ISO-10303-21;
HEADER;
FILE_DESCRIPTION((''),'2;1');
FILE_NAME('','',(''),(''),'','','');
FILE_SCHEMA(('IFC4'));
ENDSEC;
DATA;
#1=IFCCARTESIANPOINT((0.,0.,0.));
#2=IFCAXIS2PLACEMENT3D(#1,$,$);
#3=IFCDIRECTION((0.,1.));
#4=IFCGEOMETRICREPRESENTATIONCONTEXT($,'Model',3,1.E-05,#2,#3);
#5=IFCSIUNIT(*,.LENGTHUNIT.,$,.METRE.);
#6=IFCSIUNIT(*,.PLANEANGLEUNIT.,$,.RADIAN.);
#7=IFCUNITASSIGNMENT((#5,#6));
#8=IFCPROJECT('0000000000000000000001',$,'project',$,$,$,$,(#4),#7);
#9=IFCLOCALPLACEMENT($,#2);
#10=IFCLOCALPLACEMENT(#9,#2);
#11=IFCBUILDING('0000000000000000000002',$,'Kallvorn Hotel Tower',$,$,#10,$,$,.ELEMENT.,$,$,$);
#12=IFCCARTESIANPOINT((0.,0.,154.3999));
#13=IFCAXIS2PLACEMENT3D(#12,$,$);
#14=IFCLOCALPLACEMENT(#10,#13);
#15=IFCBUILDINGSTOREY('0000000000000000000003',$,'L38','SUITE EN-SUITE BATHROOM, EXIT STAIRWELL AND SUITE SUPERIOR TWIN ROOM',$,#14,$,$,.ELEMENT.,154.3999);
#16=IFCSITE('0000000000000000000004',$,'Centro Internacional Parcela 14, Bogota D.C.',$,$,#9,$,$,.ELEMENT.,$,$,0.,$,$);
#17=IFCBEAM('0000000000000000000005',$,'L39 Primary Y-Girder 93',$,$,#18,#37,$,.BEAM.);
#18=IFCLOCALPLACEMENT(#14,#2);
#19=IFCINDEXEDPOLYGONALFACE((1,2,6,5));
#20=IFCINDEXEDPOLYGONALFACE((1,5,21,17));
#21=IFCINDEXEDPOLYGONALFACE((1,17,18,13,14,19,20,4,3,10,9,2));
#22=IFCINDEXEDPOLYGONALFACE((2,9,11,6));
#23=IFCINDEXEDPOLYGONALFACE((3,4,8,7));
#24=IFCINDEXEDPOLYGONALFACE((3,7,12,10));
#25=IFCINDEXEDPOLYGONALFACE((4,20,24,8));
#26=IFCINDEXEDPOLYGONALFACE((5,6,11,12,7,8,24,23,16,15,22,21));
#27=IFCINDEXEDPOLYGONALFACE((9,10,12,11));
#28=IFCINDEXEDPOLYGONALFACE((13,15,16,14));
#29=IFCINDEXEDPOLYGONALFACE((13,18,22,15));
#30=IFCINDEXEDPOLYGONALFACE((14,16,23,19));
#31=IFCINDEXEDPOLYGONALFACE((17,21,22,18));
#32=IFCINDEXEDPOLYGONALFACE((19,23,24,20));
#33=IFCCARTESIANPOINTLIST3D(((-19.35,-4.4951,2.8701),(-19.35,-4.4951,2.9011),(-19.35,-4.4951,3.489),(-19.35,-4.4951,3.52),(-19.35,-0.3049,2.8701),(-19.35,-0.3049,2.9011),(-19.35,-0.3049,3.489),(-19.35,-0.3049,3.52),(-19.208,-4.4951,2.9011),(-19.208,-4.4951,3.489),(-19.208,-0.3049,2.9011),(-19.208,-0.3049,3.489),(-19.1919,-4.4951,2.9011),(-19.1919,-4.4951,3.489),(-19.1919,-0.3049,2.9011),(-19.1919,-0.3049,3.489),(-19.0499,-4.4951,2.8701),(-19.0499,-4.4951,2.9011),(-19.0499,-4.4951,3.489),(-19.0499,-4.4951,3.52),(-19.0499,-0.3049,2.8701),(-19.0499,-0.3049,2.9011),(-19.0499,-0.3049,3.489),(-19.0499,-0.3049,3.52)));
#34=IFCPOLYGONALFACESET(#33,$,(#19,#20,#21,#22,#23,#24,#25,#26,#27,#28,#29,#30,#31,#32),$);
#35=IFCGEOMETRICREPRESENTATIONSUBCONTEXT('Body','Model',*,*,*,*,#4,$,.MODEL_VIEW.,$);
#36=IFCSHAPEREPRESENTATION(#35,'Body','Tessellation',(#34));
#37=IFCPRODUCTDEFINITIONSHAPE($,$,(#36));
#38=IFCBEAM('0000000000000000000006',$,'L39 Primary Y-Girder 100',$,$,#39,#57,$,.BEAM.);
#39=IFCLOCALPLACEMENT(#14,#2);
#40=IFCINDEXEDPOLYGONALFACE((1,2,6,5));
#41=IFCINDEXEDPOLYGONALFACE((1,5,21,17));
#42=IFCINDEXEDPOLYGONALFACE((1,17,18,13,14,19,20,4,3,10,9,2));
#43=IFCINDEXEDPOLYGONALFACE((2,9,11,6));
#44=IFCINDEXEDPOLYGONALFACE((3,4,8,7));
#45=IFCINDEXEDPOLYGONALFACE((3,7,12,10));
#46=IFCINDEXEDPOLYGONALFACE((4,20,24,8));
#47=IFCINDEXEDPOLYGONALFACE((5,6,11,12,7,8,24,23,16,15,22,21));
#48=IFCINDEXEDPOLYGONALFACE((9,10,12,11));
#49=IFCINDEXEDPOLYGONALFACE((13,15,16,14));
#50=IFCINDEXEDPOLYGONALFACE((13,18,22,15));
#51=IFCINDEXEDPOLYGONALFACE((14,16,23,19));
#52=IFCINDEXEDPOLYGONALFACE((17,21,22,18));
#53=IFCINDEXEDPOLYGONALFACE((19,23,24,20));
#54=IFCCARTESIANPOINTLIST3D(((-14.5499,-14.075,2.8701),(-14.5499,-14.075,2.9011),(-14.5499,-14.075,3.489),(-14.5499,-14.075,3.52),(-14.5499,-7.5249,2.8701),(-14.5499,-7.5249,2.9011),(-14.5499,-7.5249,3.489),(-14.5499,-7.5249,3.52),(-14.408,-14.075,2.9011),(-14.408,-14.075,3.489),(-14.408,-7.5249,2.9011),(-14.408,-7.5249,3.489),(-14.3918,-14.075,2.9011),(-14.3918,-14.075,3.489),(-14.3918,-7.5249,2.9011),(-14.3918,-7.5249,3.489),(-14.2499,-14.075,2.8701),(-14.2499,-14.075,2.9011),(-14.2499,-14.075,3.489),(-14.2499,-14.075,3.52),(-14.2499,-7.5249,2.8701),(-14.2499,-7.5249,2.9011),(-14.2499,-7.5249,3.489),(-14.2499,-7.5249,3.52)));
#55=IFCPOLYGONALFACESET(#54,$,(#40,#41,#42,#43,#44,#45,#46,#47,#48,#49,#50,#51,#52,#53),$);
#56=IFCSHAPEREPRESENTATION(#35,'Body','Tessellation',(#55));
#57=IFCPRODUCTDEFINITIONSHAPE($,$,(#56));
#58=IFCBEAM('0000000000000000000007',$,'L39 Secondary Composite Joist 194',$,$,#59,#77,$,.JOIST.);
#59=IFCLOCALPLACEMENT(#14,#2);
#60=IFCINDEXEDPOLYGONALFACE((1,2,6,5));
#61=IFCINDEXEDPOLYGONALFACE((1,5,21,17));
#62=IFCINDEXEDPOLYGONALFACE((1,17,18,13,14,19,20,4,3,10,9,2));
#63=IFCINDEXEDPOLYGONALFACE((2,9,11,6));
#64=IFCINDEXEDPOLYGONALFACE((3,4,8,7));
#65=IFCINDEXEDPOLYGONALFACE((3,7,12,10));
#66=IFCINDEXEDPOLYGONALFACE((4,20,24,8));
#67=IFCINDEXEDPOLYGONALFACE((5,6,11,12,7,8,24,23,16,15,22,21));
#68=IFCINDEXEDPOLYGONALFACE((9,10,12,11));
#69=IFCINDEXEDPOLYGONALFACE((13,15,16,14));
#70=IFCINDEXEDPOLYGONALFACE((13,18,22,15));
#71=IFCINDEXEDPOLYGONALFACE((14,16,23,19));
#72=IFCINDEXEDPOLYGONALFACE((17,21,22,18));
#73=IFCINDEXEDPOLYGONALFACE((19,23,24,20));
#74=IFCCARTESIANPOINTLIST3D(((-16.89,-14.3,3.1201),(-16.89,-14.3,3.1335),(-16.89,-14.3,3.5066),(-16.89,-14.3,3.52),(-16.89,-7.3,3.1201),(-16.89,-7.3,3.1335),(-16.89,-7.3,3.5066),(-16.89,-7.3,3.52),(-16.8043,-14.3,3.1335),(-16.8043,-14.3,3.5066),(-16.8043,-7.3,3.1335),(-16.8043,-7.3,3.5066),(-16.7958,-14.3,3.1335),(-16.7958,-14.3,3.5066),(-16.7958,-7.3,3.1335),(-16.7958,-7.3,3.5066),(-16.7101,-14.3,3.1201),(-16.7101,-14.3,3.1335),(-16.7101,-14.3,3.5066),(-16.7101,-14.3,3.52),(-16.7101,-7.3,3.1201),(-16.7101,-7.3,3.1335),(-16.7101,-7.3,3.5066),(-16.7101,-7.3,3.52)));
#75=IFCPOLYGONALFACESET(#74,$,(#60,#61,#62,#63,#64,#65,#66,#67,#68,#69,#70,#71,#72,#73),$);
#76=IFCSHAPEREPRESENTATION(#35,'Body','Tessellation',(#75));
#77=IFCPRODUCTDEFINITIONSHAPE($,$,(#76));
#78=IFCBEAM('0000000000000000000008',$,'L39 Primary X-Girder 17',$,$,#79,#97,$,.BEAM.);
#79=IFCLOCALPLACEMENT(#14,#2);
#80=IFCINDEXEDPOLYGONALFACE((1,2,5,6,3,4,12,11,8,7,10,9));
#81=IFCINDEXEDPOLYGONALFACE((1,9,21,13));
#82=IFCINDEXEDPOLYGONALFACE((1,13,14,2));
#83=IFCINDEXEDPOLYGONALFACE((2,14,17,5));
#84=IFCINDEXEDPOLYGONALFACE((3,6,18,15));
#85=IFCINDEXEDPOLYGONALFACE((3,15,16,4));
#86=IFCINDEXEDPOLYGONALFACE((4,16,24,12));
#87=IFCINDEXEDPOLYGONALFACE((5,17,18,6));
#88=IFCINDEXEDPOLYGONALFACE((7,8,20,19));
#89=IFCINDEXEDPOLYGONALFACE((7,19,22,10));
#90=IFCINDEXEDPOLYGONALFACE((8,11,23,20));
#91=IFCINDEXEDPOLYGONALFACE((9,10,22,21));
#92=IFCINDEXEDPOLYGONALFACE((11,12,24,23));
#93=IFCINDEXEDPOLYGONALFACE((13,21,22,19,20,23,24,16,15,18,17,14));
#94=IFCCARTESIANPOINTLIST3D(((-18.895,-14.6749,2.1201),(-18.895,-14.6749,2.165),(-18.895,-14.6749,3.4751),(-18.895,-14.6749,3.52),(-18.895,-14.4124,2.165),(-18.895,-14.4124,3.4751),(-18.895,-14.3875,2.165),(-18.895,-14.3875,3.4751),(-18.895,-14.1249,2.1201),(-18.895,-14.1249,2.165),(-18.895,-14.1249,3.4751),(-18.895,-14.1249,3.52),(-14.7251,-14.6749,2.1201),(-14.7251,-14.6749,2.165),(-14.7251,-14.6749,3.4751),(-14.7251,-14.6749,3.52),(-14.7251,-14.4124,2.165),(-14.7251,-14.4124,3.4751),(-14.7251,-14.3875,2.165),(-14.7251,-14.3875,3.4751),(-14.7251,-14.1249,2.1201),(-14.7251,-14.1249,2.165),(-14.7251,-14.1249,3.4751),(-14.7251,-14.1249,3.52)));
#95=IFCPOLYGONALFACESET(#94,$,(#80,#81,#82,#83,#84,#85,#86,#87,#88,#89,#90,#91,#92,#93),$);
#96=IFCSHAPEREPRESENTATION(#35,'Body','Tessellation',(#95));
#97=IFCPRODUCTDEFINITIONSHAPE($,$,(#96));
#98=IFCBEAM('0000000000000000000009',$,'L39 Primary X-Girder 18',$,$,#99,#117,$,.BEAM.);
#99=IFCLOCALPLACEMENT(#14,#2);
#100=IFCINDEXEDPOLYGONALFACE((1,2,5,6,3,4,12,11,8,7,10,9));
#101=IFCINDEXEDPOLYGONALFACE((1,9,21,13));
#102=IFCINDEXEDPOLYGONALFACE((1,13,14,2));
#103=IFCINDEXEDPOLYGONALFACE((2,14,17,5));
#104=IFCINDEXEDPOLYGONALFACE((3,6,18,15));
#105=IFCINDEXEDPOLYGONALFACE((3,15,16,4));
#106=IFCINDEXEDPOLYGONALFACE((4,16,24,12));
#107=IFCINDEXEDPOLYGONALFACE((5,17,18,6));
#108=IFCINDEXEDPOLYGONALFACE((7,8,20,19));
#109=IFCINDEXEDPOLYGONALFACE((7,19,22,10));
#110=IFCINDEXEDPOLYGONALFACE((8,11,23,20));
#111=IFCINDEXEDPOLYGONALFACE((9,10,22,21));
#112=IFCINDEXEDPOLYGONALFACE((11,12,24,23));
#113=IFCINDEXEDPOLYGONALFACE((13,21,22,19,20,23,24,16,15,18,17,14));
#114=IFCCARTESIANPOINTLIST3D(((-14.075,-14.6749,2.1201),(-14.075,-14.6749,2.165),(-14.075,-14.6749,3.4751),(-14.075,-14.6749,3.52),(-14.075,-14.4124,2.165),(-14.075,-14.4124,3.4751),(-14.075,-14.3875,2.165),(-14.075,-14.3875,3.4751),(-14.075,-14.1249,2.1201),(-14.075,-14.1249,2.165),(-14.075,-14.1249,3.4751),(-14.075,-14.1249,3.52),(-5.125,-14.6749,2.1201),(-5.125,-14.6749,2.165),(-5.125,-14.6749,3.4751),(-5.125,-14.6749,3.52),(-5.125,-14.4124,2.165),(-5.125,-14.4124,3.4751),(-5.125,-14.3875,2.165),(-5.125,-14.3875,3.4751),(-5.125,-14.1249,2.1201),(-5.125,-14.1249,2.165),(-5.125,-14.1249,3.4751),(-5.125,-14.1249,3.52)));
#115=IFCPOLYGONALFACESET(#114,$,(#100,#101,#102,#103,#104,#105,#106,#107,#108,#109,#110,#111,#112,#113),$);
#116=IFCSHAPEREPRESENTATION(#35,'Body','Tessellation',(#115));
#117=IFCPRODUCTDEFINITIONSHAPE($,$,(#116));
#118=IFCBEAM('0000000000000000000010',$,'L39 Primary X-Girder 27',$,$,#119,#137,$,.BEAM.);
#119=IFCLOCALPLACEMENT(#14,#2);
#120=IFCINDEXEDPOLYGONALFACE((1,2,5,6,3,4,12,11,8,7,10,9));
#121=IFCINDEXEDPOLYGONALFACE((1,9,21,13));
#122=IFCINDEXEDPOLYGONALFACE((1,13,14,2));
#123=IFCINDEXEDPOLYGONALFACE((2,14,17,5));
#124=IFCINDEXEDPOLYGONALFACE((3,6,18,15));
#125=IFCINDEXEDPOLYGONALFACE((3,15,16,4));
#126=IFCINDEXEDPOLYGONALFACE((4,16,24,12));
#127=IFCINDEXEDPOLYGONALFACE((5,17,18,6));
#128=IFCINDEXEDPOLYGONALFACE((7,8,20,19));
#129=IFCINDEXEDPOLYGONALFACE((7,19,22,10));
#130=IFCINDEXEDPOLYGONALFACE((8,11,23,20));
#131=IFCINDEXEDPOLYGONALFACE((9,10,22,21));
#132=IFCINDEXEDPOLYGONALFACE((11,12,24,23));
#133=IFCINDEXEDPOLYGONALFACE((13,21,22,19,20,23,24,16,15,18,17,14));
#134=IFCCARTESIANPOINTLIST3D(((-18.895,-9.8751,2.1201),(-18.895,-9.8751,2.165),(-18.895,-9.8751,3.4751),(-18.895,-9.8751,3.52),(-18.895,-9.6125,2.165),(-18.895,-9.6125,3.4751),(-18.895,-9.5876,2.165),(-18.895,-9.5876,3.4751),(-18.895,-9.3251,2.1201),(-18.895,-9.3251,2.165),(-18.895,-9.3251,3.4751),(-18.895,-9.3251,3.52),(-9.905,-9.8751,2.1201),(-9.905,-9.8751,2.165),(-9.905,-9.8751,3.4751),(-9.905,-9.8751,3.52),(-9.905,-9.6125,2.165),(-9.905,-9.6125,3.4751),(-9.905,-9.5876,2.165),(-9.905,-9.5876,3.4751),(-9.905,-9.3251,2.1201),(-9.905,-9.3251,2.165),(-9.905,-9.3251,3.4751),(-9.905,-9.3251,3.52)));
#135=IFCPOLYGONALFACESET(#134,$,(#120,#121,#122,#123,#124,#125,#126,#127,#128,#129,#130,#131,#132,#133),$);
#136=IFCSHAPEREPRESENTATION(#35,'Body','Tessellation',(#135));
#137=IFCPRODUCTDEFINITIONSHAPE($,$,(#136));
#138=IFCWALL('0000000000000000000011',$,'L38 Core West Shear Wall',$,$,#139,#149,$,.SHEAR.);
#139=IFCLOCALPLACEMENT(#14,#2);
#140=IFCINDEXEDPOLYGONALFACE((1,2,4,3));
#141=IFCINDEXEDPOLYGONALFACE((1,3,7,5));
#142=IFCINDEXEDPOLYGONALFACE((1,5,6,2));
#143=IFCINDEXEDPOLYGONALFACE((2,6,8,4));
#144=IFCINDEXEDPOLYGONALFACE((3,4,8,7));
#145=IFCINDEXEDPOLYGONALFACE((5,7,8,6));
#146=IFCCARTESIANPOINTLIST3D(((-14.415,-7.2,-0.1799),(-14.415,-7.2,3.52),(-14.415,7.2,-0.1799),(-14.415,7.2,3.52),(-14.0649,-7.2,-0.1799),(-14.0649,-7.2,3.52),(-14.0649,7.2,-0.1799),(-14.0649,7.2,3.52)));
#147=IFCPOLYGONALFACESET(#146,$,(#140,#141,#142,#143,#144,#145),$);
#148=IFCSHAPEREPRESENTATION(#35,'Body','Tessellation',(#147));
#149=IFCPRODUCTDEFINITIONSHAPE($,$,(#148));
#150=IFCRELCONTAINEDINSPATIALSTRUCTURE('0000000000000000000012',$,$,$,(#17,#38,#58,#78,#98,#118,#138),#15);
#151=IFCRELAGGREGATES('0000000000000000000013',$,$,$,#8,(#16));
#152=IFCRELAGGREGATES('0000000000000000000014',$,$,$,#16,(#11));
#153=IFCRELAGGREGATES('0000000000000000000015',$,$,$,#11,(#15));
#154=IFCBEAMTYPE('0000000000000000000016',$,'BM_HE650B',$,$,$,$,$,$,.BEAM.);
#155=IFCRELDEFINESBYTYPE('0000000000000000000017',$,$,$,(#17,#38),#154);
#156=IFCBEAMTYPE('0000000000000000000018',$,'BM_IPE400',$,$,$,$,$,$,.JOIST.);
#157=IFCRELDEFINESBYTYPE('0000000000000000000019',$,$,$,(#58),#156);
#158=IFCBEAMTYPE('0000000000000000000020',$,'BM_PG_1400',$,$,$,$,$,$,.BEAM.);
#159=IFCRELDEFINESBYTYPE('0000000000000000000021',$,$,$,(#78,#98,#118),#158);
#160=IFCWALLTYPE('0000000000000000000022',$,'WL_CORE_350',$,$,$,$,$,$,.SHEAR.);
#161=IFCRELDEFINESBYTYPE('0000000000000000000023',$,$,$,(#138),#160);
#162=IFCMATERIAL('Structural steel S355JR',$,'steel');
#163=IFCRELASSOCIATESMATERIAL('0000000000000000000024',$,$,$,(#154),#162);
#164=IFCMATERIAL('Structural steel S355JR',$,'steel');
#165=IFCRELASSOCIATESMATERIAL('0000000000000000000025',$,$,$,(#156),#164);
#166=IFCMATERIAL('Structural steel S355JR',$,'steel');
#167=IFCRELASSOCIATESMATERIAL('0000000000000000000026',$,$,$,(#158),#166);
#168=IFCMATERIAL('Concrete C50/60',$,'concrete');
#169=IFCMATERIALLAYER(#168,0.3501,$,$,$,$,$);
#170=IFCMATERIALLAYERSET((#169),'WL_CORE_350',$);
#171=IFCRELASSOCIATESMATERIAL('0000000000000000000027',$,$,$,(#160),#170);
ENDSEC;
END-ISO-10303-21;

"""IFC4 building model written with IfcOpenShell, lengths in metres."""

from ifc_helpers import new_model, si_unit, direction, frame, frame_2d, origin, origin_2d, place, context, subcontext, project, spatial, rectangle, i_section, extrude, material, layer, layer_set, material_profile, profile_set, type_object, element, save


model = new_model("IFC4")

# Units and contexts
model_context = context("Model", 3, precision=1e-05, world=origin(), true_north=direction((0.0, 1.0)))
body_context = subcontext(model_context, "Body", "Model", "MODEL_VIEW")
ifc_project = project(units=[si_unit("LENGTHUNIT", "METRE"), si_unit("PLANEANGLEUNIT", "RADIAN")], contexts=[model_context])

# Site, building, storey
site_placement = place(None, origin())
site = spatial("IfcSite", under=ifc_project, at=site_placement, Name="Centro Internacional Parcela 14, Bogota D.C.", CompositionType="ELEMENT", RefElevation=0.0)
building_placement = place(site_placement, origin())
building = spatial("IfcBuilding", under=site, at=building_placement, Name="Kallvorn Hotel Tower", CompositionType="ELEMENT")
storey_placement = place(building_placement, frame((0.0, 0.0, 154.3999)))
storey = spatial("IfcBuildingStorey", under=building, at=storey_placement, Name="L38", Description="SUITE EN-SUITE BATHROOM, EXIT STAIRWELL AND SUITE SUPERIOR TWIN ROOM", CompositionType="ELEMENT", Elevation=154.3999)

# Beams
ifc_material_1 = material(Name="Structural steel S355JR", Category="steel")
ifc_material_profile_1 = material_profile(ifc_material_1, i_section(OverallWidth=0.3, OverallDepth=0.6499, WebThickness=0.0161, FlangeThickness=0.031, at=origin_2d()), Name="HE 650 B")
ifc_profile_set_1 = profile_set([ifc_material_profile_1], Name="Structural steel S355JR")
beam_type_1 = type_object("IfcBeamType", Name="BM_HE650B", PredefinedType="BEAM", material=ifc_profile_set_1)
beam_1_placement = place(storey_placement, frame((-19.2, -4.4951, 3.1951), z_axis=(0.0, 1.0, 0.0), x_axis=(-1.0, 0.0, 0.0)))
element("IfcBeam", 1, at=beam_1_placement, inside=storey, type_object=beam_type_1, Name="L39 Primary Y-Girder 93", PredefinedType="BEAM", context=body_context, shape_type="SweptSolid", body=[
    extrude(i_section(OverallWidth=0.3, OverallDepth=0.6499, WebThickness=0.0161, FlangeThickness=0.031, at=origin_2d()), origin(), (0.0, 0.0, 1.0), 4.1902),
])
beam_2_placement = place(storey_placement, frame((-14.3999, -14.075, 3.1951), z_axis=(0.0, 1.0, 0.0), x_axis=(-1.0, 0.0, 0.0)))
element("IfcBeam", 2, at=beam_2_placement, inside=storey, type_object=beam_type_1, Name="L39 Primary Y-Girder 100", PredefinedType="BEAM", context=body_context, shape_type="SweptSolid", body=[
    extrude(i_section(OverallWidth=0.3, OverallDepth=0.6499, WebThickness=0.0161, FlangeThickness=0.031, at=origin_2d()), origin(), (0.0, 0.0, 1.0), 6.55),
])
ifc_material_2 = material(Name="Structural steel S355JR", Category="steel")
ifc_material_profile_2 = material_profile(ifc_material_2, i_section(OverallWidth=0.1799, OverallDepth=0.3999, WebThickness=0.0085, FlangeThickness=0.0134, at=origin_2d()), Name="IPE 400")
ifc_profile_set_2 = profile_set([ifc_material_profile_2], Name="Structural steel S355JR")
beam_type_2 = type_object("IfcBeamType", Name="BM_IPE400", PredefinedType="JOIST", material=ifc_profile_set_2)
beam_3_placement = place(storey_placement, frame((-16.8, -14.3, 3.3201), z_axis=(0.0, 1.0, 0.0), x_axis=(-1.0, 0.0, 0.0)))
element("IfcBeam", 3, at=beam_3_placement, inside=storey, type_object=beam_type_2, Name="L39 Secondary Composite Joist 194", PredefinedType="JOIST", context=body_context, shape_type="SweptSolid", body=[
    extrude(i_section(OverallWidth=0.1799, OverallDepth=0.3999, WebThickness=0.0085, FlangeThickness=0.0134, at=origin_2d()), origin(), (0.0, 0.0, 1.0), 7.0),
])
ifc_material_3 = material(Name="Structural steel S355JR", Category="steel")
ifc_material_profile_3 = material_profile(ifc_material_3, i_section(OverallWidth=0.55, OverallDepth=1.3999, WebThickness=0.0249, FlangeThickness=0.0449, at=origin_2d()), Name="PG 1400x550x25x45")
ifc_profile_set_3 = profile_set([ifc_material_profile_3], Name="Structural steel S355JR")
beam_type_3 = type_object("IfcBeamType", Name="BM_PG_1400", PredefinedType="BEAM", material=ifc_profile_set_3)
beam_4_placement = place(storey_placement, frame((-18.895, -14.3999, 2.8201), z_axis=(1.0, 0.0, 0.0), x_axis=(0.0, 1.0, 0.0)))
element("IfcBeam", 4, at=beam_4_placement, inside=storey, type_object=beam_type_3, Name="L39 Primary X-Girder 17", PredefinedType="BEAM", context=body_context, shape_type="SweptSolid", body=[
    extrude(i_section(OverallWidth=0.55, OverallDepth=1.3999, WebThickness=0.0249, FlangeThickness=0.0449, at=origin_2d()), origin(), (0.0, 0.0, 1.0), 4.1699),
])
beam_5_placement = place(storey_placement, frame((-14.075, -14.3999, 2.8201), z_axis=(1.0, 0.0, 0.0), x_axis=(0.0, 1.0, 0.0)))
element("IfcBeam", 5, at=beam_5_placement, inside=storey, type_object=beam_type_3, Name="L39 Primary X-Girder 18", PredefinedType="BEAM", context=body_context, shape_type="SweptSolid", body=[
    extrude(i_section(OverallWidth=0.55, OverallDepth=1.3999, WebThickness=0.0249, FlangeThickness=0.0449, at=origin_2d()), origin(), (0.0, 0.0, 1.0), 8.95),
])
beam_6_placement = place(storey_placement, frame((-18.895, -9.6001, 2.8201), z_axis=(1.0, 0.0, 0.0), x_axis=(0.0, 1.0, 0.0)))
element("IfcBeam", 6, at=beam_6_placement, inside=storey, type_object=beam_type_3, Name="L39 Primary X-Girder 27", PredefinedType="BEAM", context=body_context, shape_type="SweptSolid", body=[
    extrude(i_section(OverallWidth=0.55, OverallDepth=1.3999, WebThickness=0.0249, FlangeThickness=0.0449, at=origin_2d()), origin(), (0.0, 0.0, 1.0), 8.99),
])

# Wall
ifc_material_4 = material(Name="Concrete C50/60", Category="concrete")
ifc_layer_1 = layer(ifc_material_4, 0.3501)
ifc_layer_set_1 = layer_set([ifc_layer_1], Name="WL_CORE_350")
wall_type_1 = type_object("IfcWallType", Name="WL_CORE_350", PredefinedType="SHEAR", material=ifc_layer_set_1)
wall_1_placement = place(storey_placement, frame((-14.24, -7.2, -0.1799), z_axis=(0.0, 0.0, 1.0), x_axis=(0.0, 1.0, 0.0)))
element("IfcWall", 7, at=wall_1_placement, inside=storey, type_object=wall_type_1, Name="L38 Core West Shear Wall", PredefinedType="SHEAR", context=body_context, shape_type="SweptSolid", body=[
    extrude(rectangle(XDim=14.3999, YDim=0.3501, at=frame_2d((7.2, 0.0))), origin(), (0.0, 0.0, 1.0), 3.7),
])

save(model, "model.ifc")
